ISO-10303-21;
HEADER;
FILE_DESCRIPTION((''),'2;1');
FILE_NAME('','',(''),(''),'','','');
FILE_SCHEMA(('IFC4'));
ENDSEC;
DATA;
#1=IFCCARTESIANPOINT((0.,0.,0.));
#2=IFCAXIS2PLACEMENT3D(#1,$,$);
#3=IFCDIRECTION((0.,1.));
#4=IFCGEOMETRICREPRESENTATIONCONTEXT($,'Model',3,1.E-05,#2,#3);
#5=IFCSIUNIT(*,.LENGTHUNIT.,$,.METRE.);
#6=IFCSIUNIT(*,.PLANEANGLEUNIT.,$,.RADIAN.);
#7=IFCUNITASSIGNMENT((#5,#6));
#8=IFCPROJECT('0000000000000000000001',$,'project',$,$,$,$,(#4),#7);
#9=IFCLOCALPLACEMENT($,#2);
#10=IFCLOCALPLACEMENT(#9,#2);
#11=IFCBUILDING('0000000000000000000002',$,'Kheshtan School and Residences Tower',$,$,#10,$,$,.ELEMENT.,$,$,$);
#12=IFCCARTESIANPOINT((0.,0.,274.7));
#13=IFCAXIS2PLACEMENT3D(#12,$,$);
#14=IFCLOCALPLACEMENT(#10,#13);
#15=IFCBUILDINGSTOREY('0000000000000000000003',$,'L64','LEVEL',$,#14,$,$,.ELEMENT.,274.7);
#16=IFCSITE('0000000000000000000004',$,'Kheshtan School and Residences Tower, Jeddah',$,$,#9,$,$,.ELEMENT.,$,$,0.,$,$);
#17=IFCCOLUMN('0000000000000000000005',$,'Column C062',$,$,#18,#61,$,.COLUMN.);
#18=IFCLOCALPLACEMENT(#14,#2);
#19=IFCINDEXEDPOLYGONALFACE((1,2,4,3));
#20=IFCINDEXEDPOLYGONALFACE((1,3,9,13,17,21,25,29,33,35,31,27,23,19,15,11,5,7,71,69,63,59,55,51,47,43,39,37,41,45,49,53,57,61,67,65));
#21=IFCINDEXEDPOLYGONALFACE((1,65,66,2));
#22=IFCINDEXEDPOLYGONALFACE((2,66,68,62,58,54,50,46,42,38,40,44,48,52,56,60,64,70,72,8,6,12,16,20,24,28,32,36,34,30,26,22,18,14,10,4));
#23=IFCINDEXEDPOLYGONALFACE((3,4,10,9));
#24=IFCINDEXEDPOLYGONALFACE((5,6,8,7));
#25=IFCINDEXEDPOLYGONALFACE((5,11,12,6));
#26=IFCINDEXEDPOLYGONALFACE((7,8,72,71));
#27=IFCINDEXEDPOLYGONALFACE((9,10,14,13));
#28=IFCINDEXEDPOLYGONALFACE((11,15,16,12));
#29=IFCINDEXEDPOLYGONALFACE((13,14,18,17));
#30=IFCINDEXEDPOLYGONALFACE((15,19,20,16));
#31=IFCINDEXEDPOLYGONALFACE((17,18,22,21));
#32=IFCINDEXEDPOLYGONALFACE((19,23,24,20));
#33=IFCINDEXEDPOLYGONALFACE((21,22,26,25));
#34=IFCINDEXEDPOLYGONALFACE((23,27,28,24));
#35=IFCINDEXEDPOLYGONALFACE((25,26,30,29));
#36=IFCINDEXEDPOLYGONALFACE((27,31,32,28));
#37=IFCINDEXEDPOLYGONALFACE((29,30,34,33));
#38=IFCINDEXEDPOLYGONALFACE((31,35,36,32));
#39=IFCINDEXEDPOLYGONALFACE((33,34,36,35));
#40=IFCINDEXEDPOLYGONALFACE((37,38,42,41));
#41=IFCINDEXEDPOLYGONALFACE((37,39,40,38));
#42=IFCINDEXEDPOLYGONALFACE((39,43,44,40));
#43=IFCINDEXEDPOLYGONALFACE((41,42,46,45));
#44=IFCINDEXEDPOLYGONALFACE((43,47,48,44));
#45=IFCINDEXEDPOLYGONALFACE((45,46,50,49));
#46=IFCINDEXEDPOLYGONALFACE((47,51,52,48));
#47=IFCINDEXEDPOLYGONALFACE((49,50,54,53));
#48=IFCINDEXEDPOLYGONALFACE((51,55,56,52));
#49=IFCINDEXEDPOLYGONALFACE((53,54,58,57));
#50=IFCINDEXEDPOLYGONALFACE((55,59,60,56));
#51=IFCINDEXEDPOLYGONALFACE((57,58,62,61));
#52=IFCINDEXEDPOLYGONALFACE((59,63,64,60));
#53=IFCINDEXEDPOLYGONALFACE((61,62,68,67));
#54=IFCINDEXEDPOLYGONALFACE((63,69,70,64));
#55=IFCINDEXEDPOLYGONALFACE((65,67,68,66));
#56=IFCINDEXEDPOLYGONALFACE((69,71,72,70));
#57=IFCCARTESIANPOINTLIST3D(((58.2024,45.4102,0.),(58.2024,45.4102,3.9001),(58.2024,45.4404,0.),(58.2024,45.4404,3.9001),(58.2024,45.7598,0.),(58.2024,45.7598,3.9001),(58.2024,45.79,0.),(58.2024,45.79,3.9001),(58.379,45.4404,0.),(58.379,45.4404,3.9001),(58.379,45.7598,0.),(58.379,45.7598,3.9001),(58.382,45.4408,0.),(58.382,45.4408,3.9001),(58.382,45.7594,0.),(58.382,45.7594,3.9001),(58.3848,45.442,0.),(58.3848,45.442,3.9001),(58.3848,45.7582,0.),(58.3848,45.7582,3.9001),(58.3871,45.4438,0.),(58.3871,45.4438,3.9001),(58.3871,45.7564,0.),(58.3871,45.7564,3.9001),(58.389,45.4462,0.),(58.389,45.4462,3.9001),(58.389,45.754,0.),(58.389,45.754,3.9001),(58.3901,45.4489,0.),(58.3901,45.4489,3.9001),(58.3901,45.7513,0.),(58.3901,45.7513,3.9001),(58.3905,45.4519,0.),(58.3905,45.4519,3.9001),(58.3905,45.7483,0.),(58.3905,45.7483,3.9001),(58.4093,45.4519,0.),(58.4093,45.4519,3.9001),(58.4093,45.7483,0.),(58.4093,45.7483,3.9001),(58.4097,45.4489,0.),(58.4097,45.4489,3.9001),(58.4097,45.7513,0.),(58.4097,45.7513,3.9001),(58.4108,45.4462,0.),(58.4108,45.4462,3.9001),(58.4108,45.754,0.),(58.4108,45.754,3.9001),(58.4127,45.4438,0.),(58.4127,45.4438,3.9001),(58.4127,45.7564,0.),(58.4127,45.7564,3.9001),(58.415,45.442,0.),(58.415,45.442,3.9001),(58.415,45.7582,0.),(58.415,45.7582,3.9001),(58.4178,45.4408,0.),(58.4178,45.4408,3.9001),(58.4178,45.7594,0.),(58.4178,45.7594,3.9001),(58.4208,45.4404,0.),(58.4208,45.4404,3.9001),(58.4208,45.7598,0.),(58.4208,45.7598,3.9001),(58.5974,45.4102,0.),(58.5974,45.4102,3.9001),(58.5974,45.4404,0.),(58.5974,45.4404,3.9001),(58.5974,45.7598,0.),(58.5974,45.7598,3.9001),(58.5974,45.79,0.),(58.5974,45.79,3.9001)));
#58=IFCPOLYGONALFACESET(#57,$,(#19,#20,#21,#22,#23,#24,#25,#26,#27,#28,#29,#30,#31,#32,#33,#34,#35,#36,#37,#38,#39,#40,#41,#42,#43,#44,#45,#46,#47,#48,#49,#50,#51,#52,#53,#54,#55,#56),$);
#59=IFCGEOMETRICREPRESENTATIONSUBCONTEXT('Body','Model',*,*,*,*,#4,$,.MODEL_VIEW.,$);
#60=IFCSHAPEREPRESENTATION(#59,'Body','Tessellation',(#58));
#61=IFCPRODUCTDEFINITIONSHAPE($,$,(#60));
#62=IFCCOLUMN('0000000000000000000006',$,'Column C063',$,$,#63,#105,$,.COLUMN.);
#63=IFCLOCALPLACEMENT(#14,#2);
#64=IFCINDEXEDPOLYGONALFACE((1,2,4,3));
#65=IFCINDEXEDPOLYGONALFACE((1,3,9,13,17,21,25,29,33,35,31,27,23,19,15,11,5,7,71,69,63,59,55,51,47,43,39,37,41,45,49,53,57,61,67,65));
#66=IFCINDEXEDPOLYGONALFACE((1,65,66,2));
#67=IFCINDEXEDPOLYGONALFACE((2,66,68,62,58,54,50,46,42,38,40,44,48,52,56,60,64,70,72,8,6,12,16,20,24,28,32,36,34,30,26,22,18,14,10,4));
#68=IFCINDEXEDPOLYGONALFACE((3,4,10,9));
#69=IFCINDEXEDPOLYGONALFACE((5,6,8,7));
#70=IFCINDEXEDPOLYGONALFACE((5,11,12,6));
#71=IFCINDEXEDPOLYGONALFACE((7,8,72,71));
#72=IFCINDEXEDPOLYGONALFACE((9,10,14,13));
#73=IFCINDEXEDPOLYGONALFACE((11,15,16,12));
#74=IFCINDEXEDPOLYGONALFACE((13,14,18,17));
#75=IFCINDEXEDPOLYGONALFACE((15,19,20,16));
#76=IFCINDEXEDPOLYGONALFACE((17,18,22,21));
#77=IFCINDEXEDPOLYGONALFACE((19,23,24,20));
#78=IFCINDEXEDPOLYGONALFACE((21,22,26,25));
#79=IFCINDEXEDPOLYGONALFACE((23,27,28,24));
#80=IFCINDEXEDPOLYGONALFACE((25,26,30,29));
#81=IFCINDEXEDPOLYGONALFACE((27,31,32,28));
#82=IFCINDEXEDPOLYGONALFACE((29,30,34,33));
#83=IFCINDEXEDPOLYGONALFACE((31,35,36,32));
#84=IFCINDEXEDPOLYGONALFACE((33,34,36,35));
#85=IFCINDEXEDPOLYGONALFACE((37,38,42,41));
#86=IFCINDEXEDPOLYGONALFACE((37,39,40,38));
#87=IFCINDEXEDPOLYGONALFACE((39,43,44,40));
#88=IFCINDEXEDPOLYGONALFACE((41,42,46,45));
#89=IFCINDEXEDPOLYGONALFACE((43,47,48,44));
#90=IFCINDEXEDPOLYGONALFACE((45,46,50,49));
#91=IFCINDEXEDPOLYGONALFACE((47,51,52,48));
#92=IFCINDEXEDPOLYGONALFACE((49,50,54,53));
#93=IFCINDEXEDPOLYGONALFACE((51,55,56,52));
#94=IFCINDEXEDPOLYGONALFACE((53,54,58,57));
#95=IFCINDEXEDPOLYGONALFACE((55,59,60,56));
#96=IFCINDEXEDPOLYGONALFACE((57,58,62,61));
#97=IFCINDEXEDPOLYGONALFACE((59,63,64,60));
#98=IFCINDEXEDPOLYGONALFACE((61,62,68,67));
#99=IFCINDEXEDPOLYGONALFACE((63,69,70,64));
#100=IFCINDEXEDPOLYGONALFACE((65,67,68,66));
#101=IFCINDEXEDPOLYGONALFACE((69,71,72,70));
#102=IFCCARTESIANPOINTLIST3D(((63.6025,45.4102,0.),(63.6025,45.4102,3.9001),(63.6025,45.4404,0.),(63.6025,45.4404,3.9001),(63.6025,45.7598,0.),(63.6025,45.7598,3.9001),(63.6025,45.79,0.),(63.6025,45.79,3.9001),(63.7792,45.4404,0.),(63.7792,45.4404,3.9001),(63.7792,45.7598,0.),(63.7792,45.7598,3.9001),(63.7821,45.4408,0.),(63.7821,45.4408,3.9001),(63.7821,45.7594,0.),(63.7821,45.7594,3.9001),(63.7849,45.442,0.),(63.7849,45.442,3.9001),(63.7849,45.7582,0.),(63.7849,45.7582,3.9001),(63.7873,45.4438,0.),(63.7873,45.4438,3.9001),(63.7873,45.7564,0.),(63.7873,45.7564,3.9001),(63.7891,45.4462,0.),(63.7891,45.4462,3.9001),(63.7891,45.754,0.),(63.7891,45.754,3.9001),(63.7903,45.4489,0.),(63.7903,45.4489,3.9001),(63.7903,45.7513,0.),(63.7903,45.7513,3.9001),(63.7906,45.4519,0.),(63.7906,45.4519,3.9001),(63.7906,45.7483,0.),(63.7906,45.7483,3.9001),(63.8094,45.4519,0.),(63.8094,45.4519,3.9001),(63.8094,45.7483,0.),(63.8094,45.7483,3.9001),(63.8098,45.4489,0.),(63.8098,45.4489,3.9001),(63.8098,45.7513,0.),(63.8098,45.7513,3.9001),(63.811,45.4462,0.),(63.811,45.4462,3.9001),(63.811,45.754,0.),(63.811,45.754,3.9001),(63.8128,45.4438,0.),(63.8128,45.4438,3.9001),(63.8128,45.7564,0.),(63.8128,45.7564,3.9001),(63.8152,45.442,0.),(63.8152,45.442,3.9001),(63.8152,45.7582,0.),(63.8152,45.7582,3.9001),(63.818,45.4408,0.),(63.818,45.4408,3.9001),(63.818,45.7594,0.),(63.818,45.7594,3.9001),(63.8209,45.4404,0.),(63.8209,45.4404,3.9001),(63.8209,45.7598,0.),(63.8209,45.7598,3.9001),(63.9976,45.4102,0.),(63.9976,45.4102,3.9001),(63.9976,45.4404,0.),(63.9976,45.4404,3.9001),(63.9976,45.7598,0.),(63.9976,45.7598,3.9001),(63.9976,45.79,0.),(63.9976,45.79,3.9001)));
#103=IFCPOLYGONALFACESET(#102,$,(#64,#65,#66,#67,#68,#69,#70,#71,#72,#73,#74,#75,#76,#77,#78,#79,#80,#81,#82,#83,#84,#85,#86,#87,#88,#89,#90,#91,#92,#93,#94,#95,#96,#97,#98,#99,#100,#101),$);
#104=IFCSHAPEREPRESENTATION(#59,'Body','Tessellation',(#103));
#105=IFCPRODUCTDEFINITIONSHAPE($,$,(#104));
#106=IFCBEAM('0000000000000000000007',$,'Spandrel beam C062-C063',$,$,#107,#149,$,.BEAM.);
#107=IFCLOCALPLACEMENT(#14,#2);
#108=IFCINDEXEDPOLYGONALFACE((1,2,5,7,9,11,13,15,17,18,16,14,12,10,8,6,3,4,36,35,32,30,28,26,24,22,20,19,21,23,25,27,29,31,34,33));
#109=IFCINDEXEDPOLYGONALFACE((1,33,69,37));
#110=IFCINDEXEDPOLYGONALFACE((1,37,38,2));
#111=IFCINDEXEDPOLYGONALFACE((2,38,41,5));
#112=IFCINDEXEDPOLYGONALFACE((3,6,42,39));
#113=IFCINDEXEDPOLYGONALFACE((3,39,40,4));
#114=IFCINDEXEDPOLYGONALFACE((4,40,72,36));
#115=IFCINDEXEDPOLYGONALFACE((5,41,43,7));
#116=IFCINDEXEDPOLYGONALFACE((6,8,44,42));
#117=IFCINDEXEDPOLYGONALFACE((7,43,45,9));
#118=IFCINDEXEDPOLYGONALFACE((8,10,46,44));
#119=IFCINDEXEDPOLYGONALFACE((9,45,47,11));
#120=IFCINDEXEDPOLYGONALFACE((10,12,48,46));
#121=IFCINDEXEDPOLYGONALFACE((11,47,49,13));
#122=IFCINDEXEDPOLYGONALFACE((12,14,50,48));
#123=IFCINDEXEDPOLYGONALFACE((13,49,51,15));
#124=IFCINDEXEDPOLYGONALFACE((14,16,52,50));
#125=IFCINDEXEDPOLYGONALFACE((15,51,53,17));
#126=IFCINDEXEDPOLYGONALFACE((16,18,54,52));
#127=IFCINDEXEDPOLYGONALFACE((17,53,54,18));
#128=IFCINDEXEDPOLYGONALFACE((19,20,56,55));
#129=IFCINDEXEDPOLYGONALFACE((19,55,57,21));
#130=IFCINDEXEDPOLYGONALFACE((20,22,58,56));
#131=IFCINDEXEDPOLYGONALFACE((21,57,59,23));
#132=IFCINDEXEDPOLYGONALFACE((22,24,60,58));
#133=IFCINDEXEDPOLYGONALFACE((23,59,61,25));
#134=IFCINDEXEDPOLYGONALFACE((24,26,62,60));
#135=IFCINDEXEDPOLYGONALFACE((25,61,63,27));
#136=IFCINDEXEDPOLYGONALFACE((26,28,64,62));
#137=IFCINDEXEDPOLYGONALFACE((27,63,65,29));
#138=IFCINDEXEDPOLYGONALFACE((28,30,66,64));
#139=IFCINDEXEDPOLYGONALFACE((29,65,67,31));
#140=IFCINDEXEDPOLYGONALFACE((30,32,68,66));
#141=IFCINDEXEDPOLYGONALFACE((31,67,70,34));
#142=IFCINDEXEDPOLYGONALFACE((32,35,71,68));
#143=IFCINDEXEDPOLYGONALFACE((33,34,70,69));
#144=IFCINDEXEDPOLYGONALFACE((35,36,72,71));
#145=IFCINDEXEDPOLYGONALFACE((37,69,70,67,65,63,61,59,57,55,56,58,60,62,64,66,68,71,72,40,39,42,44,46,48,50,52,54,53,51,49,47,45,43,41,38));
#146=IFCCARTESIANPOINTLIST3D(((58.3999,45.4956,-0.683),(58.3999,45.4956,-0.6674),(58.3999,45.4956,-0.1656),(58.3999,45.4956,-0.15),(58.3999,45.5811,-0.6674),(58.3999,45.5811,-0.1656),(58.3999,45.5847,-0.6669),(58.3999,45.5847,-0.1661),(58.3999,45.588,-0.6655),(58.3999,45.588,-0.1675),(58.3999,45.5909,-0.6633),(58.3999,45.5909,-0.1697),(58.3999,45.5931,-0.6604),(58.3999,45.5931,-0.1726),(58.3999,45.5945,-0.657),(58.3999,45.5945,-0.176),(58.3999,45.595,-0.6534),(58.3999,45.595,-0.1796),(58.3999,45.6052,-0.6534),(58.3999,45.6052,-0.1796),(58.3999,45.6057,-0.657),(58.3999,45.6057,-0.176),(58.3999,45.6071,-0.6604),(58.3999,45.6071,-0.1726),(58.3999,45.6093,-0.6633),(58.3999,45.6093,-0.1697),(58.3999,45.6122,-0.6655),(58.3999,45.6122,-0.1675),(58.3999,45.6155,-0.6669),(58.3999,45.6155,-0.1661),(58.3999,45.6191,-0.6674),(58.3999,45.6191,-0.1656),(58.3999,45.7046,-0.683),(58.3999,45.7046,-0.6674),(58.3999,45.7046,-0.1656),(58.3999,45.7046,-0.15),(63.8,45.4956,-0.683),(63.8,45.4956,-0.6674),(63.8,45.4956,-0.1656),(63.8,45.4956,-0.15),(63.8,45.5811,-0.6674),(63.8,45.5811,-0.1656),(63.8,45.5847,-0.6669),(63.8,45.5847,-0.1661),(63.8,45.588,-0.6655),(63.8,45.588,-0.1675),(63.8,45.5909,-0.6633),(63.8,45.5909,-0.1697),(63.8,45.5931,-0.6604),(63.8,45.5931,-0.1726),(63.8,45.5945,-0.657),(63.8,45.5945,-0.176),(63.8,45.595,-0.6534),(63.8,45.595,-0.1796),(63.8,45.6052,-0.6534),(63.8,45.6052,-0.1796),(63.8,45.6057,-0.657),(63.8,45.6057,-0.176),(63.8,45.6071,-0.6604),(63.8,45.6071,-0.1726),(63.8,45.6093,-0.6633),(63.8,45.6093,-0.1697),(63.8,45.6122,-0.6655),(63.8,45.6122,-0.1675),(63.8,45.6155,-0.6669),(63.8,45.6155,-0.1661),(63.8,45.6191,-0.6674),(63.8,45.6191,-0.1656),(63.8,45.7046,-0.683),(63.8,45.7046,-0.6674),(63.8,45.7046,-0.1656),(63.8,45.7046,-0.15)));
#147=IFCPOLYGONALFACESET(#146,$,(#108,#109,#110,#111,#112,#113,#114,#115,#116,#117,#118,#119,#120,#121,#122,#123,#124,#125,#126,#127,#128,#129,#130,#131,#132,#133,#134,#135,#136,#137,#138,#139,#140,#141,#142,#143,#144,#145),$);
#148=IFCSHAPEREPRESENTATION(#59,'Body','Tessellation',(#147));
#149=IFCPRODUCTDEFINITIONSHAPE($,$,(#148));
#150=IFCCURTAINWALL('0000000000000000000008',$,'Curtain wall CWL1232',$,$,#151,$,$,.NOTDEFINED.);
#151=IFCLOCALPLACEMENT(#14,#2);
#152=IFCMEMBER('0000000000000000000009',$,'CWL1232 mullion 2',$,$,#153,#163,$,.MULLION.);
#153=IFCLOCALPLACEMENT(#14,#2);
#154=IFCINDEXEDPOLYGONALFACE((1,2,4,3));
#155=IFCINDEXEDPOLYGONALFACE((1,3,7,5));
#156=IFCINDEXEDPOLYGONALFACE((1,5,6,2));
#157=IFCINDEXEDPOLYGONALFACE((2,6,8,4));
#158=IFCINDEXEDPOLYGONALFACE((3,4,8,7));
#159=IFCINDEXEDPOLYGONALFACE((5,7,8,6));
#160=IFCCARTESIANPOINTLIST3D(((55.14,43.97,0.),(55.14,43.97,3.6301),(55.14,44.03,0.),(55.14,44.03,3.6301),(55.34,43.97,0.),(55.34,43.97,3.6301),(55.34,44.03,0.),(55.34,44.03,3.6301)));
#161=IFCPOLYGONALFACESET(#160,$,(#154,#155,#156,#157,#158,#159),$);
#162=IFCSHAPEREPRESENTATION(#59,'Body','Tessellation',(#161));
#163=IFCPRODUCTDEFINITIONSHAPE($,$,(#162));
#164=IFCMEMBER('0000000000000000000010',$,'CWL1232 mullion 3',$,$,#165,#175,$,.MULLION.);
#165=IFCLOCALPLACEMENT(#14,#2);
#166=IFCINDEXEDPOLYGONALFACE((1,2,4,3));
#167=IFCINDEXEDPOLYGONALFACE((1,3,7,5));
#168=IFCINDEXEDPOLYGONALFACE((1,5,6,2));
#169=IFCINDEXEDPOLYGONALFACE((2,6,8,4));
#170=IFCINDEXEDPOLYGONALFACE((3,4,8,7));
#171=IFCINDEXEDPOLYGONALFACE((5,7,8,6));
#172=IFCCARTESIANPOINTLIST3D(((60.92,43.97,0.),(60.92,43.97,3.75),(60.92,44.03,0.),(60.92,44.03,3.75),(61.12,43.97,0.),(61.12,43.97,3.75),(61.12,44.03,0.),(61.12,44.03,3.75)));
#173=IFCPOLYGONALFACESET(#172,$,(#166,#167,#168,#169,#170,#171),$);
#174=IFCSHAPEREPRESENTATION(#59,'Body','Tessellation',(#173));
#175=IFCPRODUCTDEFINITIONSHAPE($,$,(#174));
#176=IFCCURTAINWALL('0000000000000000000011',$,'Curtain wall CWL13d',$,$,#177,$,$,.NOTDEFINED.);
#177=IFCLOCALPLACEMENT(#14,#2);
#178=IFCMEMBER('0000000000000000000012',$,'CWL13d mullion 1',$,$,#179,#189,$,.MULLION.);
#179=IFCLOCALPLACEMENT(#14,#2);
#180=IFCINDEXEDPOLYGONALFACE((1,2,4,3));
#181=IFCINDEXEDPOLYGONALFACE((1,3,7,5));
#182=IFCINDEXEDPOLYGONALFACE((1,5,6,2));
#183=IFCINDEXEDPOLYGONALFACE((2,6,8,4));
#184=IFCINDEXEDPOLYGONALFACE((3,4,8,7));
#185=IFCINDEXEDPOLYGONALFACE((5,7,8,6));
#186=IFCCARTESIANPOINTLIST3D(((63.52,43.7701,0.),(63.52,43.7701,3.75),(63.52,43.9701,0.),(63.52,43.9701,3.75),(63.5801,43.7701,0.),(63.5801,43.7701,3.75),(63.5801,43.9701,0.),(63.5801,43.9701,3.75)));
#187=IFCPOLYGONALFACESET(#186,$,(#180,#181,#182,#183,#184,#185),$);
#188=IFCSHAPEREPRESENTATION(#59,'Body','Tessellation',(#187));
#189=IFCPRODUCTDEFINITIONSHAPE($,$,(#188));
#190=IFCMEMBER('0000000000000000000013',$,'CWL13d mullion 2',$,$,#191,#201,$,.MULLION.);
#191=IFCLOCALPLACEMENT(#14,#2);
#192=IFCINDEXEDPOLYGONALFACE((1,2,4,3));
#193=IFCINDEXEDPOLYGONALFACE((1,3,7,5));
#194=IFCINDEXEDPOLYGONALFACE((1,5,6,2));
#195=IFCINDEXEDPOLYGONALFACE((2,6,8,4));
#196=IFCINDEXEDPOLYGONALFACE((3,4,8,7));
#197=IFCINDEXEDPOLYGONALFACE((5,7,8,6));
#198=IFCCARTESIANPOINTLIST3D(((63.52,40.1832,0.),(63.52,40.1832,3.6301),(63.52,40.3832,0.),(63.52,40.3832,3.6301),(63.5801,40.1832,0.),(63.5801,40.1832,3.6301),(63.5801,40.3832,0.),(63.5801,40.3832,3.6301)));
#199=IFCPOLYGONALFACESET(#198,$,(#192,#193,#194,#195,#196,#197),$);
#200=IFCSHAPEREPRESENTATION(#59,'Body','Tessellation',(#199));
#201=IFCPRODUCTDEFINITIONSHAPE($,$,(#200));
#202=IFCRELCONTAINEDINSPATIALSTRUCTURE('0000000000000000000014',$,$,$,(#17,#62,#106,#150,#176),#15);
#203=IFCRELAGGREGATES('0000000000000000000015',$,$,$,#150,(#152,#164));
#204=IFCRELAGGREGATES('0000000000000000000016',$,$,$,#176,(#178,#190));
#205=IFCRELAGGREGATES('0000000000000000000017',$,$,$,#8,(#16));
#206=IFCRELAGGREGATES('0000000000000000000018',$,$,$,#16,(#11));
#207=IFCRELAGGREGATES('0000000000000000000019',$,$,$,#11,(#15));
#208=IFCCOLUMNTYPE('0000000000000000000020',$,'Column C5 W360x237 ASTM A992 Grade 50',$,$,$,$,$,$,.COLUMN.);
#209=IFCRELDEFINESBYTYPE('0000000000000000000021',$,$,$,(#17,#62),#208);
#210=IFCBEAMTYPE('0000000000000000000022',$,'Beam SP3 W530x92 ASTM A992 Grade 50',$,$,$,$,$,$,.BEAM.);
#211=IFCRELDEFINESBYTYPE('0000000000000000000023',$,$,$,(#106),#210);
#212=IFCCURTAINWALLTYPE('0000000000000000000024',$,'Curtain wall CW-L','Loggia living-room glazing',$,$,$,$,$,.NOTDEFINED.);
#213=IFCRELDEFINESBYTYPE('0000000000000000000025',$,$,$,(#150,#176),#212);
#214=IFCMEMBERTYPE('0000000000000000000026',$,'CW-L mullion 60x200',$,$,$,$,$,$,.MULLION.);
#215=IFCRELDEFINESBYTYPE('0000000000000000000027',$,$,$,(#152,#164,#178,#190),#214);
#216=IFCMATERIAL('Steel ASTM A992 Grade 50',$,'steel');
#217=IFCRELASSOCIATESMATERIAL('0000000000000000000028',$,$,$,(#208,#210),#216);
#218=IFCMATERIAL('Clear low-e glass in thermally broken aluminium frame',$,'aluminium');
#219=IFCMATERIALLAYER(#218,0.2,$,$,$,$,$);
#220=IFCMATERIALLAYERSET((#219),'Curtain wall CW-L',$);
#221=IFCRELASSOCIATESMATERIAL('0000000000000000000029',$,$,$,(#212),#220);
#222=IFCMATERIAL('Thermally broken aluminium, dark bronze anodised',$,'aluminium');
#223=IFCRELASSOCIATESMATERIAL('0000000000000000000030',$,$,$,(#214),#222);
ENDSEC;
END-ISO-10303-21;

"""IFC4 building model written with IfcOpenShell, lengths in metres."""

from ifc_helpers import new_model, si_unit, direction, frame, origin, origin_2d, place, context, subcontext, project, spatial, rectangle, i_section, extrude, material, layer, layer_set, material_profile, profile_set, type_object, element, aggregate, save


model = new_model("IFC4")

# Units and contexts
model_context = context("Model", 3, precision=1e-05, world=origin(), true_north=direction((0.0, 1.0)))
body_context = subcontext(model_context, "Body", "Model", "MODEL_VIEW")
ifc_project = project(units=[si_unit("LENGTHUNIT", "METRE"), si_unit("PLANEANGLEUNIT", "RADIAN")], contexts=[model_context])

# Site, building, storey
site_placement = place(None, origin())
site = spatial("IfcSite", under=ifc_project, at=site_placement, Name="Kheshtan School and Residences Tower, Jeddah", CompositionType="ELEMENT", RefElevation=0.0)
building_placement = place(site_placement, origin())
building = spatial("IfcBuilding", under=site, at=building_placement, Name="Kheshtan School and Residences Tower", CompositionType="ELEMENT")
storey_placement = place(building_placement, frame((0.0, 0.0, 274.7)))
storey = spatial("IfcBuildingStorey", under=building, at=storey_placement, Name="L64", Description="LEVEL", CompositionType="ELEMENT", Elevation=274.7)

# Columns
ifc_material_1 = material(Name="Steel ASTM A992 Grade 50", Category="steel")
ifc_material_profile_1 = material_profile(ifc_material_1, i_section(OverallWidth=0.395, OverallDepth=0.3799, WebThickness=0.0188, FlangeThickness=0.0303, FilletRadius=0.0115, at=origin_2d()), Name="W360x237")
ifc_profile_set_1 = profile_set([ifc_material_profile_1], Name="Steel ASTM A992 Grade 50")
column_type = type_object("IfcColumnType", Name="Column C5 W360x237 ASTM A992 Grade 50", PredefinedType="COLUMN", material=ifc_profile_set_1)
for number, where, z_axis, x_axis, name in (
    (1, (58.3999, 45.6001, 0.0), (0.0, 0.0, 1.0), (1.0, 0.0, 0.0), "Column C062"),
    (2, (63.8, 45.6001, 0.0), (0.0, 0.0, 1.0), (1.0, 0.0, 0.0), "Column C063"),
):
    element("IfcColumn", number, at=place(storey_placement, frame(where, z_axis=z_axis, x_axis=x_axis)), inside=storey, type_object=column_type, Name=name, PredefinedType="COLUMN", context=body_context, shape_type="SweptSolid", body=[
        extrude(i_section(OverallWidth=0.395, OverallDepth=0.3799, WebThickness=0.0188, FlangeThickness=0.0303, FilletRadius=0.0115, at=origin_2d()), origin(), (0.0, 0.0, 1.0), 3.9001),
    ])

# Beam
ifc_material_profile_2 = material_profile(ifc_material_1, i_section(OverallWidth=0.209, OverallDepth=0.533, WebThickness=0.0103, FlangeThickness=0.0156, FilletRadius=0.0139, at=origin_2d()), Name="W530x92")
ifc_profile_set_2 = profile_set([ifc_material_profile_2], Name="Steel ASTM A992 Grade 50")
beam_type_1 = type_object("IfcBeamType", Name="Beam SP3 W530x92 ASTM A992 Grade 50", PredefinedType="BEAM", material=ifc_profile_set_2)
beam_1_placement = place(storey_placement, frame((58.3999, 45.6001, -0.4165), z_axis=(1.0, 0.0, 0.0), x_axis=(0.0, 1.0, 0.0)))
element("IfcBeam", 3, at=beam_1_placement, inside=storey, type_object=beam_type_1, Name="Spandrel beam C062-C063", PredefinedType="BEAM", context=body_context, shape_type="SweptSolid", body=[
    extrude(i_section(OverallWidth=0.209, OverallDepth=0.533, WebThickness=0.0103, FlangeThickness=0.0156, FilletRadius=0.0139, at=origin_2d()), origin(), (0.0, 0.0, 1.0), 5.4001),
])

# Curtain walls, members
ifc_material_2 = material(Name="Clear low-e glass in thermally broken aluminium frame", Category="aluminium")
ifc_layer_1 = layer(ifc_material_2, 0.2)
ifc_layer_set_1 = layer_set([ifc_layer_1], Name="Curtain wall CW-L")
curtain_wall_type = type_object("IfcCurtainWallType", Name="Curtain wall CW-L", Description="Loggia living-room glazing", PredefinedType="NOTDEFINED", material=ifc_layer_set_1)
curtain_wall_1_placement = place(storey_placement, origin())
curtain_wall_1 = element("IfcCurtainWall", 4, at=curtain_wall_1_placement, inside=storey, type_object=curtain_wall_type, Name="Curtain wall CWL1232", PredefinedType="NOTDEFINED")
ifc_material_3 = material(Name="Thermally broken aluminium, dark bronze anodised", Category="aluminium")
ifc_material_profile_3 = material_profile(ifc_material_3, rectangle(XDim=0.0601, YDim=0.2, at=origin_2d()), Name="CW-L mullion 60x200")
ifc_profile_set_3 = profile_set([ifc_material_profile_3], Name="Thermally broken aluminium, dark bronze anodised")
member_type_1 = type_object("IfcMemberType", Name="CW-L mullion 60x200", PredefinedType="MULLION", material=ifc_profile_set_3)
member_1_placement = place(storey_placement, frame((55.24, 44.0, 0.0), z_axis=(0.0, 0.0, 1.0), x_axis=(0.0, 1.0, 0.0)))
member_1 = element("IfcMember", 5, at=member_1_placement, type_object=member_type_1, Name="CWL1232 mullion 2", PredefinedType="MULLION", context=body_context, shape_type="SweptSolid", body=[
    extrude(rectangle(XDim=0.0601, YDim=0.2, at=origin_2d()), origin(), (0.0, 0.0, 1.0), 3.6301),
])
member_2_placement = place(storey_placement, frame((61.02, 44.0, 0.0), z_axis=(0.0, 0.0, 1.0), x_axis=(0.0, 1.0, 0.0)))
member_2 = element("IfcMember", 6, at=member_2_placement, type_object=member_type_1, Name="CWL1232 mullion 3", PredefinedType="MULLION", context=body_context, shape_type="SweptSolid", body=[
    extrude(rectangle(XDim=0.0601, YDim=0.2, at=origin_2d()), origin(), (0.0, 0.0, 1.0), 3.75),
])
curtain_wall_2_placement = place(storey_placement, origin())
curtain_wall_2 = element("IfcCurtainWall", 7, at=curtain_wall_2_placement, inside=storey, type_object=curtain_wall_type, Name="Curtain wall CWL13d", PredefinedType="NOTDEFINED")
member_3_placement = place(storey_placement, frame((63.55, 43.8701, 0.0), z_axis=(0.0, 0.0, 1.0), x_axis=(1.0, 0.0, 0.0)))
member_3 = element("IfcMember", 8, at=member_3_placement, type_object=member_type_1, Name="CWL13d mullion 1", PredefinedType="MULLION", context=body_context, shape_type="SweptSolid", body=[
    extrude(rectangle(XDim=0.0601, YDim=0.2, at=origin_2d()), origin(), (0.0, 0.0, 1.0), 3.75),
])
member_4_placement = place(storey_placement, frame((63.55, 40.2832, 0.0), z_axis=(0.0, 0.0, 1.0), x_axis=(1.0, 0.0, 0.0)))
member_4 = element("IfcMember", 9, at=member_4_placement, type_object=member_type_1, Name="CWL13d mullion 2", PredefinedType="MULLION", context=body_context, shape_type="SweptSolid", body=[
    extrude(rectangle(XDim=0.0601, YDim=0.2, at=origin_2d()), origin(), (0.0, 0.0, 1.0), 3.6301),
])

aggregate(curtain_wall_1, [member_1, member_2])
aggregate(curtain_wall_2, [member_3, member_4])

save(model, "model.ifc")
